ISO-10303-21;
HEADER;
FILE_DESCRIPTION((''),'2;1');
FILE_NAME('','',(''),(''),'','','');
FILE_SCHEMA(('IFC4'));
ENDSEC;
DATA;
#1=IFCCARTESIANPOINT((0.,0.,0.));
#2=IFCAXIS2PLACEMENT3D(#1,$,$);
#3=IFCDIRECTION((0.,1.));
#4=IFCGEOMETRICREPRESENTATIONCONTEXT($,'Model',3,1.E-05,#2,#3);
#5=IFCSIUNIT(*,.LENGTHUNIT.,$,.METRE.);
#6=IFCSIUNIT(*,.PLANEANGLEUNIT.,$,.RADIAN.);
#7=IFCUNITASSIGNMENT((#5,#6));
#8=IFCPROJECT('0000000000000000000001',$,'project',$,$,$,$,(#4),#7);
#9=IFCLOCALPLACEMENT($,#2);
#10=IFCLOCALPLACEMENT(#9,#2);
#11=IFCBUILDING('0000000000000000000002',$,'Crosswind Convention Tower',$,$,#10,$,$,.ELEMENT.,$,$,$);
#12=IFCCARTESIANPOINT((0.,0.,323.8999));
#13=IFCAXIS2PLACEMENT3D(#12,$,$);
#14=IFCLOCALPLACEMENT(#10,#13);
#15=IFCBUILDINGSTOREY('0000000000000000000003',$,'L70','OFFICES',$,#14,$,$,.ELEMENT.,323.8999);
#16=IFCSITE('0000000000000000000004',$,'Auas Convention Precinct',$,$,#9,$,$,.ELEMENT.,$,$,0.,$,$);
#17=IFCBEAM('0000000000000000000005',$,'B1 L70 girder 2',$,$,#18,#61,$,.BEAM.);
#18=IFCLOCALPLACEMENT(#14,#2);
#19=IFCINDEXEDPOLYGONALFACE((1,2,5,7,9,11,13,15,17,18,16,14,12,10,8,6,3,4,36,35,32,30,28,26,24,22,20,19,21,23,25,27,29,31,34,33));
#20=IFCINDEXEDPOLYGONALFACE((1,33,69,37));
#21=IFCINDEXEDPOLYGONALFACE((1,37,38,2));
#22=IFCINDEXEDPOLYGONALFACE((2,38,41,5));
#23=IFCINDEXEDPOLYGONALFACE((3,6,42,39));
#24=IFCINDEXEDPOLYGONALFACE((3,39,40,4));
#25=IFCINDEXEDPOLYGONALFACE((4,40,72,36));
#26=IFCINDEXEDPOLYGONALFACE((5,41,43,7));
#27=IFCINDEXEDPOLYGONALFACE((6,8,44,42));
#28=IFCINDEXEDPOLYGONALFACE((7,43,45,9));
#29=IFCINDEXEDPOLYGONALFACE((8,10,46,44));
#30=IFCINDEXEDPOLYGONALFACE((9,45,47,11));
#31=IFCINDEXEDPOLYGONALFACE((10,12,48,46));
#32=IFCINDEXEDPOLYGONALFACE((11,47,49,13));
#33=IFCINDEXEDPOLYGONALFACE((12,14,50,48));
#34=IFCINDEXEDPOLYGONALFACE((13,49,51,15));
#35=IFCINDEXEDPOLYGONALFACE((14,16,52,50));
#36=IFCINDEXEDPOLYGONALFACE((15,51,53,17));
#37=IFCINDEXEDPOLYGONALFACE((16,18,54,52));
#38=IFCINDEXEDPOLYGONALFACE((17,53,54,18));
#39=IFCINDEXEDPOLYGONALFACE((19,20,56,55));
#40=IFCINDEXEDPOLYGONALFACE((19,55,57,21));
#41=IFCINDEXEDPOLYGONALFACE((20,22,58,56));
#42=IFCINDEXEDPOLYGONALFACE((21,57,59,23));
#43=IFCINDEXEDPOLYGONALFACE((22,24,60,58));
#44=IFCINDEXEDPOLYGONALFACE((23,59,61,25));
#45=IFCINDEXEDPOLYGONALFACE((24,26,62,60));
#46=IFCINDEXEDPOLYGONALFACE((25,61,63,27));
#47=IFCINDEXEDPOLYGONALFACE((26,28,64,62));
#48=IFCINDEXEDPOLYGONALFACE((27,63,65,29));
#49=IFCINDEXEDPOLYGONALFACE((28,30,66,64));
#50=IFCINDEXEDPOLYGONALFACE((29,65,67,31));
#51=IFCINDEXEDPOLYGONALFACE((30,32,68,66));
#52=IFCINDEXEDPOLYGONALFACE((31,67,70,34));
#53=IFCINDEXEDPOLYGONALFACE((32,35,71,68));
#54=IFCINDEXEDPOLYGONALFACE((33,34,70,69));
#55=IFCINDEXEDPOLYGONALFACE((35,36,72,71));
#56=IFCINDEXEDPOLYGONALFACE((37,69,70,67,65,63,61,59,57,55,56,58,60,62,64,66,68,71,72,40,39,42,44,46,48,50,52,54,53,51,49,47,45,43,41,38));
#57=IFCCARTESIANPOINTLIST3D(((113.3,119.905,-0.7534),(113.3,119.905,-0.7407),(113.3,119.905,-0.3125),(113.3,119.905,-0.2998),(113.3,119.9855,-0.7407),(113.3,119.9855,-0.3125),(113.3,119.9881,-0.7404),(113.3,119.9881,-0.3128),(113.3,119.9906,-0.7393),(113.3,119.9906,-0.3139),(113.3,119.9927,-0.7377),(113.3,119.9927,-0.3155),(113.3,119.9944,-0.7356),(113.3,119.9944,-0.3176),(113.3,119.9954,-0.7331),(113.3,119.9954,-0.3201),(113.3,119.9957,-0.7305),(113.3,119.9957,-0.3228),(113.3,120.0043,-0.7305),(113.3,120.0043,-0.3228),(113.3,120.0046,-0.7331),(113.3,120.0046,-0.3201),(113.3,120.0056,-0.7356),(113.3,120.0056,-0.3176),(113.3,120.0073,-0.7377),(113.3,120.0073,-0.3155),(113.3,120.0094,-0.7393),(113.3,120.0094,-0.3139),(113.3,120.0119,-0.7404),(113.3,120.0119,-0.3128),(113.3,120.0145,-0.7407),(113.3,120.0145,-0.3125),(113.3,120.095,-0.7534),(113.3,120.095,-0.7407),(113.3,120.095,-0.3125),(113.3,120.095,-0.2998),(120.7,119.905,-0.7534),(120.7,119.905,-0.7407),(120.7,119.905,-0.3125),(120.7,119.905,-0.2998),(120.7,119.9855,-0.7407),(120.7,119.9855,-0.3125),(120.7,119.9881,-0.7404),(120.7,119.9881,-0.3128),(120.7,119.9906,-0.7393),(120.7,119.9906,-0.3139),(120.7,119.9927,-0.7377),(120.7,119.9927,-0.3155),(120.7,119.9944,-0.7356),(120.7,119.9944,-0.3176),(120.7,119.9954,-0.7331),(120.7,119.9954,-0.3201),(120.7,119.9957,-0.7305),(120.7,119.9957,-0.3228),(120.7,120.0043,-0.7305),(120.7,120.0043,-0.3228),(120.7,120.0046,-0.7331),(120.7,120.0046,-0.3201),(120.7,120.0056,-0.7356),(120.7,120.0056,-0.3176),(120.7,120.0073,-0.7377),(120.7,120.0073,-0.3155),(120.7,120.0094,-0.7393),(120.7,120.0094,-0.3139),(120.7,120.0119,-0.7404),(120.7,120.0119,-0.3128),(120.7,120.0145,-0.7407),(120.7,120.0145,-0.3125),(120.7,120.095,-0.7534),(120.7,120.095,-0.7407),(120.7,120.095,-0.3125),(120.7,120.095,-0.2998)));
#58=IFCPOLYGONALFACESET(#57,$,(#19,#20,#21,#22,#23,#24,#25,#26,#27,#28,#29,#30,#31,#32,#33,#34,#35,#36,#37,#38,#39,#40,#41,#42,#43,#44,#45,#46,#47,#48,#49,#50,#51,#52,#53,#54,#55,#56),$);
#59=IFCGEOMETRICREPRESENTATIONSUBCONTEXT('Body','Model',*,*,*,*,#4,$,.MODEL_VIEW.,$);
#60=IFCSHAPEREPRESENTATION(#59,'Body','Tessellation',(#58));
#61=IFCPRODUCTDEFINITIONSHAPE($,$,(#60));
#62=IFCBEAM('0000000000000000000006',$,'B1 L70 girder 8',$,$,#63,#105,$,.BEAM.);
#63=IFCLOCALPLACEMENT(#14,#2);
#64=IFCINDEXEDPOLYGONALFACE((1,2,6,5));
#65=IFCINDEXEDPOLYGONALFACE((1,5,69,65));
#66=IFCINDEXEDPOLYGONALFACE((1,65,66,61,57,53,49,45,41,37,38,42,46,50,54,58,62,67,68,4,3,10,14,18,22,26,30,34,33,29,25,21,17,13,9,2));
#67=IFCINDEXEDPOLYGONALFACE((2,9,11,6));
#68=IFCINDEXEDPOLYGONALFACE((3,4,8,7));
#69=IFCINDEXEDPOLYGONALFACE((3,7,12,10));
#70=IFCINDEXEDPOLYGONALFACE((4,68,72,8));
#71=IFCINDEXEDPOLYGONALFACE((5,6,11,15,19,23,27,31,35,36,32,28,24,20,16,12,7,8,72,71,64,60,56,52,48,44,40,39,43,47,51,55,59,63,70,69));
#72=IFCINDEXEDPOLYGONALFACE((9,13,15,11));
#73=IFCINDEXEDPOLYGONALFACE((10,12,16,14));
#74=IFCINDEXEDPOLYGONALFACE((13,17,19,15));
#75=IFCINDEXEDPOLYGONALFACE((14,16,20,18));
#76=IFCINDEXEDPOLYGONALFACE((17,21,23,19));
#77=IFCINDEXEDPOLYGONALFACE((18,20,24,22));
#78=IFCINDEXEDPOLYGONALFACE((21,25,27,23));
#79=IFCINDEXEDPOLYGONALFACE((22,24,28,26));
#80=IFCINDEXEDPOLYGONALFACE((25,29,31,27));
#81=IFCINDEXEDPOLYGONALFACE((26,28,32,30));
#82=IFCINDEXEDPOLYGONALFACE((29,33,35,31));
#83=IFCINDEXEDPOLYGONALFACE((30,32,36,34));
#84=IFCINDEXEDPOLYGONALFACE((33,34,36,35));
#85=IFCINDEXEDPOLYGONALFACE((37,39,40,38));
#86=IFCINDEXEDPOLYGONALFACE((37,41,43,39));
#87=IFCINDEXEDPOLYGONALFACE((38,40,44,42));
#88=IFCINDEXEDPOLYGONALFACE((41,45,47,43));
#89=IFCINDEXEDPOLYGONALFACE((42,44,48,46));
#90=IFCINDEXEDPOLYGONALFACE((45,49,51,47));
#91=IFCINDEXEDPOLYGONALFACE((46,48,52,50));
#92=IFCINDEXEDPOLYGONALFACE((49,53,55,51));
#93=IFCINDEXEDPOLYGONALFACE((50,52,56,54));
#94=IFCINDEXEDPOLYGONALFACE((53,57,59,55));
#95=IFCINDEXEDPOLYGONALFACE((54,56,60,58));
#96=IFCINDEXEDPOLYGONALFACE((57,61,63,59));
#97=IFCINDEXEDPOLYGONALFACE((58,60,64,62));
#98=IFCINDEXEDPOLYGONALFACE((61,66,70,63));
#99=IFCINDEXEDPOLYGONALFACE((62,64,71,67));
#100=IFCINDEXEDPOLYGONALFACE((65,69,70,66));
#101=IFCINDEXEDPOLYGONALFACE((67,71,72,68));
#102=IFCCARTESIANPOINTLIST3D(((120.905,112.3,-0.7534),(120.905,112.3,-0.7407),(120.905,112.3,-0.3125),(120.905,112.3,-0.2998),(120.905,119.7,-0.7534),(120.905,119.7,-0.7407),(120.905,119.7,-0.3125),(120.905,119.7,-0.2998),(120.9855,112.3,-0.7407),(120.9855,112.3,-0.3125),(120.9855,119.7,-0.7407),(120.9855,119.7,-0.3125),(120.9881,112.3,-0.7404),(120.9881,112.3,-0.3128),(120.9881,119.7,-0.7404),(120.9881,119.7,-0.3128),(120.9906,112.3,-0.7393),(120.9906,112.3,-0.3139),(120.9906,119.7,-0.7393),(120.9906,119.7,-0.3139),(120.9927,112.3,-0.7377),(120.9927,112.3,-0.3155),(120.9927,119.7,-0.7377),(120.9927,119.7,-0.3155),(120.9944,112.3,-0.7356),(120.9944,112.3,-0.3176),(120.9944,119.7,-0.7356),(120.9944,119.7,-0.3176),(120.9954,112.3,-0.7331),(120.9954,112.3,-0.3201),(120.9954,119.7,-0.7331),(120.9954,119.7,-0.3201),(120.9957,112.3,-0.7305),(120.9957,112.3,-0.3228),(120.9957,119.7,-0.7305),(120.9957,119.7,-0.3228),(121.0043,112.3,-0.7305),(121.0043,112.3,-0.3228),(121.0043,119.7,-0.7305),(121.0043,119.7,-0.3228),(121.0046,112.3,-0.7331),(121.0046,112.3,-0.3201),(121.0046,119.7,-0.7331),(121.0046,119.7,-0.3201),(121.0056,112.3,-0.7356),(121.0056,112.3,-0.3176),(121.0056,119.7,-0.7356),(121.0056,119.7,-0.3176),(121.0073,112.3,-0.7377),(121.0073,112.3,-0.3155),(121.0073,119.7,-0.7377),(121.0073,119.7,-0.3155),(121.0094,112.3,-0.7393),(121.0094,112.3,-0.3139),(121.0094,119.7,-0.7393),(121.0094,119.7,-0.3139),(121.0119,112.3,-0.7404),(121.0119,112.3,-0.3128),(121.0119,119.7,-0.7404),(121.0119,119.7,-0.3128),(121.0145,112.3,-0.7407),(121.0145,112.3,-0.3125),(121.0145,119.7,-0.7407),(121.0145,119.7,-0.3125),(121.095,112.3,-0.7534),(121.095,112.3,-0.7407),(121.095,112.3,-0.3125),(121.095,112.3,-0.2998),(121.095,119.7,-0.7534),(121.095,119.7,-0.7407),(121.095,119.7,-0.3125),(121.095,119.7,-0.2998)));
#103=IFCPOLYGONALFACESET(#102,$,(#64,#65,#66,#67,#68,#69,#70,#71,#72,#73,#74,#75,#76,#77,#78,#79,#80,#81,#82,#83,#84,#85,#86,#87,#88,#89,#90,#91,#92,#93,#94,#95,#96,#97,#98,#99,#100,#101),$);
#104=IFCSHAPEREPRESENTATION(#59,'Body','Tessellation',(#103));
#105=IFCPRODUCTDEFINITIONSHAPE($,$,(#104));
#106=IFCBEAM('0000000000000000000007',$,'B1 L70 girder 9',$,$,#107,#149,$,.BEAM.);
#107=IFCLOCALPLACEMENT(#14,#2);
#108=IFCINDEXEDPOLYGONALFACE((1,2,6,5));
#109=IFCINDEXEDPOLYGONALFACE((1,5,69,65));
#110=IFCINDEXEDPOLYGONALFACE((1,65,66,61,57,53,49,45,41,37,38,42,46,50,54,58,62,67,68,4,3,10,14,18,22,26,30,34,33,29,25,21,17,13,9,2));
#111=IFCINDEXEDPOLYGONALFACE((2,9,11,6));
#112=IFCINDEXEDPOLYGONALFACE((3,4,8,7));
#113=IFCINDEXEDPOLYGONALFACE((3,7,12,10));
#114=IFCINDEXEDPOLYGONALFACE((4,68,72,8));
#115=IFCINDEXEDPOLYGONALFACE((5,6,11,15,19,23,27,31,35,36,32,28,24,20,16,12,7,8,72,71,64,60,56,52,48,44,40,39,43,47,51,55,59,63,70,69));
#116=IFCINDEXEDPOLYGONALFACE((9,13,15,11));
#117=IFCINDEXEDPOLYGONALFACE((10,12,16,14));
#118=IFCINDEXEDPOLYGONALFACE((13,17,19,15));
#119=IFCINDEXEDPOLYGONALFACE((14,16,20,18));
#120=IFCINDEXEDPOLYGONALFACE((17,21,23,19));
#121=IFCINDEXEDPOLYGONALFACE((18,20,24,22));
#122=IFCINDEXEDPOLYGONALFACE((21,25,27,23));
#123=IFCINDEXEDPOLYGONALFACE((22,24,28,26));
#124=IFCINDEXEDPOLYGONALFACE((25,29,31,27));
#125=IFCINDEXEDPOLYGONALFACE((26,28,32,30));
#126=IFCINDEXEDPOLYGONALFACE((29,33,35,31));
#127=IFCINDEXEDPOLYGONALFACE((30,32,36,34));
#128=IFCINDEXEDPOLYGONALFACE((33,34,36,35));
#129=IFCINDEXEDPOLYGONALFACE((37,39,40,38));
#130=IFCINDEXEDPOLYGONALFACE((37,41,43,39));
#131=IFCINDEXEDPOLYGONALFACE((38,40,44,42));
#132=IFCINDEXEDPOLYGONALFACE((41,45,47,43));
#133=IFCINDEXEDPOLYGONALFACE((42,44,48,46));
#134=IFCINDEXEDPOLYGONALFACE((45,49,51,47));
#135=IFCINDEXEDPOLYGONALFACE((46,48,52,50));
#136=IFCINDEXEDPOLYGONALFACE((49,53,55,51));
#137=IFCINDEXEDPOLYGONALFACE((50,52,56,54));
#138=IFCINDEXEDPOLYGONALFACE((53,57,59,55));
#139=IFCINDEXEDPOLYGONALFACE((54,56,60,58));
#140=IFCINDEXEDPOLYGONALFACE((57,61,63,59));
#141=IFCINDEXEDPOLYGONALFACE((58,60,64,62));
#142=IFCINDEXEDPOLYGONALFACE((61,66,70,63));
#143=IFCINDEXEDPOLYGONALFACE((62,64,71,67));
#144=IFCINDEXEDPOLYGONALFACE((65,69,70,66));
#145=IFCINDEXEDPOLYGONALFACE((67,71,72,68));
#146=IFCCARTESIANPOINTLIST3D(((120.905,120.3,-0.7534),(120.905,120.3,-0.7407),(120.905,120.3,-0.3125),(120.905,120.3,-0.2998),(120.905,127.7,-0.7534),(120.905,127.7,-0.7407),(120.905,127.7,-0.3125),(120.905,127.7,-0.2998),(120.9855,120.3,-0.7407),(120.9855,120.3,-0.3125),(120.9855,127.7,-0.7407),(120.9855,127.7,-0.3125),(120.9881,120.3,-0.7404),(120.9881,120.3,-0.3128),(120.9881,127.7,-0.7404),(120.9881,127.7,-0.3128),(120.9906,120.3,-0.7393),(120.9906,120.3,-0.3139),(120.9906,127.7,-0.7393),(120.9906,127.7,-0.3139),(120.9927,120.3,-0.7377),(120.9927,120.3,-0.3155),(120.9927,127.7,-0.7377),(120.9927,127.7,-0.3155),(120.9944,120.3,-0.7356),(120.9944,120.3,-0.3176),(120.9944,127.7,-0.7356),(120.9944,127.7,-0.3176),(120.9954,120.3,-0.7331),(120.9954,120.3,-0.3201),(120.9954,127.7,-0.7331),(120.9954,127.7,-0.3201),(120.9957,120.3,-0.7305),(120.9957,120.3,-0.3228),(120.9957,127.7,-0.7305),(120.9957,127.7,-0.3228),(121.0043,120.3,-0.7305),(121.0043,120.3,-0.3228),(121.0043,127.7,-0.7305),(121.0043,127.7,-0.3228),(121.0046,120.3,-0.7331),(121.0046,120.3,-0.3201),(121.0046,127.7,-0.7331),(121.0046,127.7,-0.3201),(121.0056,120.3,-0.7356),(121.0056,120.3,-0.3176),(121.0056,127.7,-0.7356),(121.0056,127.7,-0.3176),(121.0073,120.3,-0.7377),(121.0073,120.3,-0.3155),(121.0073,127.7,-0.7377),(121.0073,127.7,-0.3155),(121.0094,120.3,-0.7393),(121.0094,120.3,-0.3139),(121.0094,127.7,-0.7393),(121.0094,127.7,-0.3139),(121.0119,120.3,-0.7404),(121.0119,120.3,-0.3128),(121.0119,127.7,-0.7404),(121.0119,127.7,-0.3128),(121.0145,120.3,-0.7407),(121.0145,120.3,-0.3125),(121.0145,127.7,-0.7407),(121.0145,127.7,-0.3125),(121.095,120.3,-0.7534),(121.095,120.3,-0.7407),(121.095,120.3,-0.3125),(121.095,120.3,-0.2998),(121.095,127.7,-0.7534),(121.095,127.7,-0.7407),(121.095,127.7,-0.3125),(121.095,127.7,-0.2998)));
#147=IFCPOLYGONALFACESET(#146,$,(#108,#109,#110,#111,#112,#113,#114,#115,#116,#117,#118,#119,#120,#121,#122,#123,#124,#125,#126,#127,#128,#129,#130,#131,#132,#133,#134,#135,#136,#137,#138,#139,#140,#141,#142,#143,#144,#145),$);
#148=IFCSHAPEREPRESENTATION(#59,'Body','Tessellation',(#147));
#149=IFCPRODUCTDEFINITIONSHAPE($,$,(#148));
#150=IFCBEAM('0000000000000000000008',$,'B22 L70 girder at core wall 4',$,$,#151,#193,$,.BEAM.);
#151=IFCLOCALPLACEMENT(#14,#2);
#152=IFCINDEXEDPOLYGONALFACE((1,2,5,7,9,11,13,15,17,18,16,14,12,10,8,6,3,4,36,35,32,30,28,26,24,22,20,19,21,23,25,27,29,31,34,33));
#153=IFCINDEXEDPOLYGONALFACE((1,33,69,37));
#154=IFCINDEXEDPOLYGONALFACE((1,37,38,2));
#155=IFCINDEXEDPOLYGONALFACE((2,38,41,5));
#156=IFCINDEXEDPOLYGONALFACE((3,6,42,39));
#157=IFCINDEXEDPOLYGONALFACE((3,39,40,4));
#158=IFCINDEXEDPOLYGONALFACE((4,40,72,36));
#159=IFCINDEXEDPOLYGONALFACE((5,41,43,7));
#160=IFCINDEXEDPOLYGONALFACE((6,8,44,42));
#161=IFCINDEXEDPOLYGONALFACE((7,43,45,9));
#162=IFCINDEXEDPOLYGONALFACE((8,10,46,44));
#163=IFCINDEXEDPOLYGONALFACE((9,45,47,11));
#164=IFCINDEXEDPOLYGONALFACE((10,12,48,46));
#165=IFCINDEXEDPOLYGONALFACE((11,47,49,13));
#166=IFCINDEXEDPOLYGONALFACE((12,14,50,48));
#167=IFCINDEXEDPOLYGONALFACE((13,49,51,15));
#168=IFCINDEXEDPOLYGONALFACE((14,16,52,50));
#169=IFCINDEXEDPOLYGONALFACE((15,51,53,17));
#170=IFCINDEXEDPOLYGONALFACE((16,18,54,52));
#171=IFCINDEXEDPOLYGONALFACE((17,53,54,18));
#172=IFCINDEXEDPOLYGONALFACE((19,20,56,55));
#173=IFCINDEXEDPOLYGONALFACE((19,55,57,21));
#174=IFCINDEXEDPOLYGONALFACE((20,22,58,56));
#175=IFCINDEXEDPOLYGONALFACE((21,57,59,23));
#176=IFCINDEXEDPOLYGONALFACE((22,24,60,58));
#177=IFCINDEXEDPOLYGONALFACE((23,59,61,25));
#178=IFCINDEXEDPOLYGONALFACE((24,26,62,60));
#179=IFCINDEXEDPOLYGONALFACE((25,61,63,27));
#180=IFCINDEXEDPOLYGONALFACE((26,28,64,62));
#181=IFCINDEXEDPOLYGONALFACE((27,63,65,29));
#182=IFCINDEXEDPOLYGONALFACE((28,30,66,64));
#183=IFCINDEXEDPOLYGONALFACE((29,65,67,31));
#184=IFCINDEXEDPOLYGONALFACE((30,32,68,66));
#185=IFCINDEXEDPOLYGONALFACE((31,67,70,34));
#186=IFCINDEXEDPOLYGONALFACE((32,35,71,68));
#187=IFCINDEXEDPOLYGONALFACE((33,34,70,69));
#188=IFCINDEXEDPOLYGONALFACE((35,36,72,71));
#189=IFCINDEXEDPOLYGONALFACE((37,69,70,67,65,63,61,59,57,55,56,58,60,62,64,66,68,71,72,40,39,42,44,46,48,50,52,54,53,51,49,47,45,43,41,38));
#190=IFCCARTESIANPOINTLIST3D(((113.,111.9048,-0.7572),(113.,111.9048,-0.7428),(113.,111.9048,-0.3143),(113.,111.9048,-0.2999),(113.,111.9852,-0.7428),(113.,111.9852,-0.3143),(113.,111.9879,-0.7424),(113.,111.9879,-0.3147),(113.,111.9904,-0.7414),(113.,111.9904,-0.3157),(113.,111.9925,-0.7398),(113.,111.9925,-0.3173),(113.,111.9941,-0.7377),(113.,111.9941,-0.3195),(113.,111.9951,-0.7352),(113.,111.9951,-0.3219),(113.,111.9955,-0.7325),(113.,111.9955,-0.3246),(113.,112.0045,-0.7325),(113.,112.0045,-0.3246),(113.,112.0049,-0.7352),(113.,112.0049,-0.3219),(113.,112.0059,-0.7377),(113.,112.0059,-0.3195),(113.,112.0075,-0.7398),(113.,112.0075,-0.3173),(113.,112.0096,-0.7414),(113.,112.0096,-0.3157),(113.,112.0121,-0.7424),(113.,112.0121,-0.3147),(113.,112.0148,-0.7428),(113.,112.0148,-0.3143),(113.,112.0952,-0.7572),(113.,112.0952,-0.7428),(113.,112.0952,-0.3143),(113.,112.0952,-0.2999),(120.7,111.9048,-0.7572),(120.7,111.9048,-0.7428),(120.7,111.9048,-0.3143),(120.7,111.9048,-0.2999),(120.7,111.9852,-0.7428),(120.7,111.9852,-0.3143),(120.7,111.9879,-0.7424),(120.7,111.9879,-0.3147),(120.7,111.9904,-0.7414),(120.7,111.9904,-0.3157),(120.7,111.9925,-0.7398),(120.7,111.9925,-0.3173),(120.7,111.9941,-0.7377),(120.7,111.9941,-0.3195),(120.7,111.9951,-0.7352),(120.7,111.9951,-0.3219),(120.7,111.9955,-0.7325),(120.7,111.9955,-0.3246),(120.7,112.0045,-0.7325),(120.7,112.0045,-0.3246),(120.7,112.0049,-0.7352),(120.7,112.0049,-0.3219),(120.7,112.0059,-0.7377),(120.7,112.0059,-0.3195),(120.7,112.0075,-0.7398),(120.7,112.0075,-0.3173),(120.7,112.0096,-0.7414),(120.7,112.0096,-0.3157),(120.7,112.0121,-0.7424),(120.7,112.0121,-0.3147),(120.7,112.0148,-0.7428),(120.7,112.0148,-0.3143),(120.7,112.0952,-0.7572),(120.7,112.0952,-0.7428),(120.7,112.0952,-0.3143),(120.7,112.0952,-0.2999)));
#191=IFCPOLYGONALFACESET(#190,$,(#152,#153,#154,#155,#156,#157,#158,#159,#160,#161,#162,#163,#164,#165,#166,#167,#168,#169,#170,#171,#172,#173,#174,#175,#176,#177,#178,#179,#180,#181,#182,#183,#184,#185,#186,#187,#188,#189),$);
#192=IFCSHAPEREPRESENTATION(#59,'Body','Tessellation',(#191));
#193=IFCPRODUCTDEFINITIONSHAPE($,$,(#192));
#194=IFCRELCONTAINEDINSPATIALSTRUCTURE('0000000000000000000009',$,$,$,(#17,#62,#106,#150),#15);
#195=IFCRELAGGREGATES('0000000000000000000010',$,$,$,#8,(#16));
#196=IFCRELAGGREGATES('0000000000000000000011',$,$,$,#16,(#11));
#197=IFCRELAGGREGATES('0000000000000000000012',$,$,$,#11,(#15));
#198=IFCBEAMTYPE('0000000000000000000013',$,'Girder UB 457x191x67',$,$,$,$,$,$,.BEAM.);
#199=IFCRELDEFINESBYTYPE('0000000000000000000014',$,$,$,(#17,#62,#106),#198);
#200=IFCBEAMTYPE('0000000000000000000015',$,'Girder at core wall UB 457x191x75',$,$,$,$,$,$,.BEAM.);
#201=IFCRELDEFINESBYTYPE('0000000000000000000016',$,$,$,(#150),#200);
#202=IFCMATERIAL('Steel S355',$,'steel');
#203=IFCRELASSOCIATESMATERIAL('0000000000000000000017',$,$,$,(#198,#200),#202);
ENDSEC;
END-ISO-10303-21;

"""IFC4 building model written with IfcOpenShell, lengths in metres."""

from ifc_helpers import new_model, si_unit, direction, frame, origin, origin_2d, place, context, subcontext, project, spatial, i_section, extrude, material, material_profile, profile_set, type_object, element, save


model = new_model("IFC4")

# Units and contexts
model_context = context("Model", 3, precision=1e-05, world=origin(), true_north=direction((0.0, 1.0)))
body_context = subcontext(model_context, "Body", "Model", "MODEL_VIEW")
ifc_project = project(units=[si_unit("LENGTHUNIT", "METRE"), si_unit("PLANEANGLEUNIT", "RADIAN")], contexts=[model_context])

# Site, building, storey
site_placement = place(None, origin())
site = spatial("IfcSite", under=ifc_project, at=site_placement, Name="Auas Convention Precinct", CompositionType="ELEMENT", RefElevation=0.0)
building_placement = place(site_placement, origin())
building = spatial("IfcBuilding", under=site, at=building_placement, Name="Crosswind Convention Tower", CompositionType="ELEMENT")
storey_placement = place(building_placement, frame((0.0, 0.0, 323.8999)))
storey = spatial("IfcBuildingStorey", under=building, at=storey_placement, Name="L70", Description="OFFICES", CompositionType="ELEMENT", Elevation=323.8999)

# Beams
ifc_material_1 = material(Name="Steel S355", Category="steel")
ifc_material_profile_1 = material_profile(ifc_material_1, i_section(OverallWidth=0.1899, OverallDepth=0.4536, WebThickness=0.0085, FlangeThickness=0.0127, FilletRadius=0.0103, at=origin_2d()), Name="UB 457x191x67")
ifc_profile_set_1 = profile_set([ifc_material_profile_1], Name="Steel S355")
beam_type_1 = type_object("IfcBeamType", Name="Girder UB 457x191x67", PredefinedType="BEAM", material=ifc_profile_set_1)
for number, where, z_axis, x_axis, name in (
    (1, (113.3, 120.0, -0.5266), (1.0, 0.0, 0.0), (0.0, 1.0, 0.0), "B1 L70 girder 2"),
    (2, (121.0, 112.3, -0.5266), (0.0, 1.0, 0.0), (-1.0, 0.0, 0.0), "B1 L70 girder 8"),
    (3, (121.0, 120.3, -0.5266), (0.0, 1.0, 0.0), (-1.0, 0.0, 0.0), "B1 L70 girder 9"),
):
    element("IfcBeam", number, at=place(storey_placement, frame(where, z_axis=z_axis, x_axis=x_axis)), inside=storey, type_object=beam_type_1, Name=name, PredefinedType="BEAM", context=body_context, shape_type="SweptSolid", body=[
        extrude(i_section(OverallWidth=0.1899, OverallDepth=0.4536, WebThickness=0.0085, FlangeThickness=0.0127, FilletRadius=0.0103, at=origin_2d()), origin(), (0.0, 0.0, 1.0), 7.3999),
    ])
ifc_material_profile_2 = material_profile(ifc_material_1, i_section(OverallWidth=0.1904, OverallDepth=0.4573, WebThickness=0.009, FlangeThickness=0.0144, FilletRadius=0.0103, at=origin_2d()), Name="UB 457x191x75")
ifc_profile_set_2 = profile_set([ifc_material_profile_2], Name="Steel S355")
beam_type_2 = type_object("IfcBeamType", Name="Girder at core wall UB 457x191x75", PredefinedType="BEAM", material=ifc_profile_set_2)
beam_1_placement = place(storey_placement, frame((113.0, 112.0, -0.5286), z_axis=(1.0, 0.0, 0.0), x_axis=(0.0, 1.0, 0.0)))
element("IfcBeam", 4, at=beam_1_placement, inside=storey, type_object=beam_type_2, Name="B22 L70 girder at core wall 4", PredefinedType="BEAM", context=body_context, shape_type="SweptSolid", body=[
    extrude(i_section(OverallWidth=0.1904, OverallDepth=0.4573, WebThickness=0.009, FlangeThickness=0.0144, FilletRadius=0.0103, at=origin_2d()), origin(), (0.0, 0.0, 1.0), 7.7),
])

save(model, "model.ifc")
